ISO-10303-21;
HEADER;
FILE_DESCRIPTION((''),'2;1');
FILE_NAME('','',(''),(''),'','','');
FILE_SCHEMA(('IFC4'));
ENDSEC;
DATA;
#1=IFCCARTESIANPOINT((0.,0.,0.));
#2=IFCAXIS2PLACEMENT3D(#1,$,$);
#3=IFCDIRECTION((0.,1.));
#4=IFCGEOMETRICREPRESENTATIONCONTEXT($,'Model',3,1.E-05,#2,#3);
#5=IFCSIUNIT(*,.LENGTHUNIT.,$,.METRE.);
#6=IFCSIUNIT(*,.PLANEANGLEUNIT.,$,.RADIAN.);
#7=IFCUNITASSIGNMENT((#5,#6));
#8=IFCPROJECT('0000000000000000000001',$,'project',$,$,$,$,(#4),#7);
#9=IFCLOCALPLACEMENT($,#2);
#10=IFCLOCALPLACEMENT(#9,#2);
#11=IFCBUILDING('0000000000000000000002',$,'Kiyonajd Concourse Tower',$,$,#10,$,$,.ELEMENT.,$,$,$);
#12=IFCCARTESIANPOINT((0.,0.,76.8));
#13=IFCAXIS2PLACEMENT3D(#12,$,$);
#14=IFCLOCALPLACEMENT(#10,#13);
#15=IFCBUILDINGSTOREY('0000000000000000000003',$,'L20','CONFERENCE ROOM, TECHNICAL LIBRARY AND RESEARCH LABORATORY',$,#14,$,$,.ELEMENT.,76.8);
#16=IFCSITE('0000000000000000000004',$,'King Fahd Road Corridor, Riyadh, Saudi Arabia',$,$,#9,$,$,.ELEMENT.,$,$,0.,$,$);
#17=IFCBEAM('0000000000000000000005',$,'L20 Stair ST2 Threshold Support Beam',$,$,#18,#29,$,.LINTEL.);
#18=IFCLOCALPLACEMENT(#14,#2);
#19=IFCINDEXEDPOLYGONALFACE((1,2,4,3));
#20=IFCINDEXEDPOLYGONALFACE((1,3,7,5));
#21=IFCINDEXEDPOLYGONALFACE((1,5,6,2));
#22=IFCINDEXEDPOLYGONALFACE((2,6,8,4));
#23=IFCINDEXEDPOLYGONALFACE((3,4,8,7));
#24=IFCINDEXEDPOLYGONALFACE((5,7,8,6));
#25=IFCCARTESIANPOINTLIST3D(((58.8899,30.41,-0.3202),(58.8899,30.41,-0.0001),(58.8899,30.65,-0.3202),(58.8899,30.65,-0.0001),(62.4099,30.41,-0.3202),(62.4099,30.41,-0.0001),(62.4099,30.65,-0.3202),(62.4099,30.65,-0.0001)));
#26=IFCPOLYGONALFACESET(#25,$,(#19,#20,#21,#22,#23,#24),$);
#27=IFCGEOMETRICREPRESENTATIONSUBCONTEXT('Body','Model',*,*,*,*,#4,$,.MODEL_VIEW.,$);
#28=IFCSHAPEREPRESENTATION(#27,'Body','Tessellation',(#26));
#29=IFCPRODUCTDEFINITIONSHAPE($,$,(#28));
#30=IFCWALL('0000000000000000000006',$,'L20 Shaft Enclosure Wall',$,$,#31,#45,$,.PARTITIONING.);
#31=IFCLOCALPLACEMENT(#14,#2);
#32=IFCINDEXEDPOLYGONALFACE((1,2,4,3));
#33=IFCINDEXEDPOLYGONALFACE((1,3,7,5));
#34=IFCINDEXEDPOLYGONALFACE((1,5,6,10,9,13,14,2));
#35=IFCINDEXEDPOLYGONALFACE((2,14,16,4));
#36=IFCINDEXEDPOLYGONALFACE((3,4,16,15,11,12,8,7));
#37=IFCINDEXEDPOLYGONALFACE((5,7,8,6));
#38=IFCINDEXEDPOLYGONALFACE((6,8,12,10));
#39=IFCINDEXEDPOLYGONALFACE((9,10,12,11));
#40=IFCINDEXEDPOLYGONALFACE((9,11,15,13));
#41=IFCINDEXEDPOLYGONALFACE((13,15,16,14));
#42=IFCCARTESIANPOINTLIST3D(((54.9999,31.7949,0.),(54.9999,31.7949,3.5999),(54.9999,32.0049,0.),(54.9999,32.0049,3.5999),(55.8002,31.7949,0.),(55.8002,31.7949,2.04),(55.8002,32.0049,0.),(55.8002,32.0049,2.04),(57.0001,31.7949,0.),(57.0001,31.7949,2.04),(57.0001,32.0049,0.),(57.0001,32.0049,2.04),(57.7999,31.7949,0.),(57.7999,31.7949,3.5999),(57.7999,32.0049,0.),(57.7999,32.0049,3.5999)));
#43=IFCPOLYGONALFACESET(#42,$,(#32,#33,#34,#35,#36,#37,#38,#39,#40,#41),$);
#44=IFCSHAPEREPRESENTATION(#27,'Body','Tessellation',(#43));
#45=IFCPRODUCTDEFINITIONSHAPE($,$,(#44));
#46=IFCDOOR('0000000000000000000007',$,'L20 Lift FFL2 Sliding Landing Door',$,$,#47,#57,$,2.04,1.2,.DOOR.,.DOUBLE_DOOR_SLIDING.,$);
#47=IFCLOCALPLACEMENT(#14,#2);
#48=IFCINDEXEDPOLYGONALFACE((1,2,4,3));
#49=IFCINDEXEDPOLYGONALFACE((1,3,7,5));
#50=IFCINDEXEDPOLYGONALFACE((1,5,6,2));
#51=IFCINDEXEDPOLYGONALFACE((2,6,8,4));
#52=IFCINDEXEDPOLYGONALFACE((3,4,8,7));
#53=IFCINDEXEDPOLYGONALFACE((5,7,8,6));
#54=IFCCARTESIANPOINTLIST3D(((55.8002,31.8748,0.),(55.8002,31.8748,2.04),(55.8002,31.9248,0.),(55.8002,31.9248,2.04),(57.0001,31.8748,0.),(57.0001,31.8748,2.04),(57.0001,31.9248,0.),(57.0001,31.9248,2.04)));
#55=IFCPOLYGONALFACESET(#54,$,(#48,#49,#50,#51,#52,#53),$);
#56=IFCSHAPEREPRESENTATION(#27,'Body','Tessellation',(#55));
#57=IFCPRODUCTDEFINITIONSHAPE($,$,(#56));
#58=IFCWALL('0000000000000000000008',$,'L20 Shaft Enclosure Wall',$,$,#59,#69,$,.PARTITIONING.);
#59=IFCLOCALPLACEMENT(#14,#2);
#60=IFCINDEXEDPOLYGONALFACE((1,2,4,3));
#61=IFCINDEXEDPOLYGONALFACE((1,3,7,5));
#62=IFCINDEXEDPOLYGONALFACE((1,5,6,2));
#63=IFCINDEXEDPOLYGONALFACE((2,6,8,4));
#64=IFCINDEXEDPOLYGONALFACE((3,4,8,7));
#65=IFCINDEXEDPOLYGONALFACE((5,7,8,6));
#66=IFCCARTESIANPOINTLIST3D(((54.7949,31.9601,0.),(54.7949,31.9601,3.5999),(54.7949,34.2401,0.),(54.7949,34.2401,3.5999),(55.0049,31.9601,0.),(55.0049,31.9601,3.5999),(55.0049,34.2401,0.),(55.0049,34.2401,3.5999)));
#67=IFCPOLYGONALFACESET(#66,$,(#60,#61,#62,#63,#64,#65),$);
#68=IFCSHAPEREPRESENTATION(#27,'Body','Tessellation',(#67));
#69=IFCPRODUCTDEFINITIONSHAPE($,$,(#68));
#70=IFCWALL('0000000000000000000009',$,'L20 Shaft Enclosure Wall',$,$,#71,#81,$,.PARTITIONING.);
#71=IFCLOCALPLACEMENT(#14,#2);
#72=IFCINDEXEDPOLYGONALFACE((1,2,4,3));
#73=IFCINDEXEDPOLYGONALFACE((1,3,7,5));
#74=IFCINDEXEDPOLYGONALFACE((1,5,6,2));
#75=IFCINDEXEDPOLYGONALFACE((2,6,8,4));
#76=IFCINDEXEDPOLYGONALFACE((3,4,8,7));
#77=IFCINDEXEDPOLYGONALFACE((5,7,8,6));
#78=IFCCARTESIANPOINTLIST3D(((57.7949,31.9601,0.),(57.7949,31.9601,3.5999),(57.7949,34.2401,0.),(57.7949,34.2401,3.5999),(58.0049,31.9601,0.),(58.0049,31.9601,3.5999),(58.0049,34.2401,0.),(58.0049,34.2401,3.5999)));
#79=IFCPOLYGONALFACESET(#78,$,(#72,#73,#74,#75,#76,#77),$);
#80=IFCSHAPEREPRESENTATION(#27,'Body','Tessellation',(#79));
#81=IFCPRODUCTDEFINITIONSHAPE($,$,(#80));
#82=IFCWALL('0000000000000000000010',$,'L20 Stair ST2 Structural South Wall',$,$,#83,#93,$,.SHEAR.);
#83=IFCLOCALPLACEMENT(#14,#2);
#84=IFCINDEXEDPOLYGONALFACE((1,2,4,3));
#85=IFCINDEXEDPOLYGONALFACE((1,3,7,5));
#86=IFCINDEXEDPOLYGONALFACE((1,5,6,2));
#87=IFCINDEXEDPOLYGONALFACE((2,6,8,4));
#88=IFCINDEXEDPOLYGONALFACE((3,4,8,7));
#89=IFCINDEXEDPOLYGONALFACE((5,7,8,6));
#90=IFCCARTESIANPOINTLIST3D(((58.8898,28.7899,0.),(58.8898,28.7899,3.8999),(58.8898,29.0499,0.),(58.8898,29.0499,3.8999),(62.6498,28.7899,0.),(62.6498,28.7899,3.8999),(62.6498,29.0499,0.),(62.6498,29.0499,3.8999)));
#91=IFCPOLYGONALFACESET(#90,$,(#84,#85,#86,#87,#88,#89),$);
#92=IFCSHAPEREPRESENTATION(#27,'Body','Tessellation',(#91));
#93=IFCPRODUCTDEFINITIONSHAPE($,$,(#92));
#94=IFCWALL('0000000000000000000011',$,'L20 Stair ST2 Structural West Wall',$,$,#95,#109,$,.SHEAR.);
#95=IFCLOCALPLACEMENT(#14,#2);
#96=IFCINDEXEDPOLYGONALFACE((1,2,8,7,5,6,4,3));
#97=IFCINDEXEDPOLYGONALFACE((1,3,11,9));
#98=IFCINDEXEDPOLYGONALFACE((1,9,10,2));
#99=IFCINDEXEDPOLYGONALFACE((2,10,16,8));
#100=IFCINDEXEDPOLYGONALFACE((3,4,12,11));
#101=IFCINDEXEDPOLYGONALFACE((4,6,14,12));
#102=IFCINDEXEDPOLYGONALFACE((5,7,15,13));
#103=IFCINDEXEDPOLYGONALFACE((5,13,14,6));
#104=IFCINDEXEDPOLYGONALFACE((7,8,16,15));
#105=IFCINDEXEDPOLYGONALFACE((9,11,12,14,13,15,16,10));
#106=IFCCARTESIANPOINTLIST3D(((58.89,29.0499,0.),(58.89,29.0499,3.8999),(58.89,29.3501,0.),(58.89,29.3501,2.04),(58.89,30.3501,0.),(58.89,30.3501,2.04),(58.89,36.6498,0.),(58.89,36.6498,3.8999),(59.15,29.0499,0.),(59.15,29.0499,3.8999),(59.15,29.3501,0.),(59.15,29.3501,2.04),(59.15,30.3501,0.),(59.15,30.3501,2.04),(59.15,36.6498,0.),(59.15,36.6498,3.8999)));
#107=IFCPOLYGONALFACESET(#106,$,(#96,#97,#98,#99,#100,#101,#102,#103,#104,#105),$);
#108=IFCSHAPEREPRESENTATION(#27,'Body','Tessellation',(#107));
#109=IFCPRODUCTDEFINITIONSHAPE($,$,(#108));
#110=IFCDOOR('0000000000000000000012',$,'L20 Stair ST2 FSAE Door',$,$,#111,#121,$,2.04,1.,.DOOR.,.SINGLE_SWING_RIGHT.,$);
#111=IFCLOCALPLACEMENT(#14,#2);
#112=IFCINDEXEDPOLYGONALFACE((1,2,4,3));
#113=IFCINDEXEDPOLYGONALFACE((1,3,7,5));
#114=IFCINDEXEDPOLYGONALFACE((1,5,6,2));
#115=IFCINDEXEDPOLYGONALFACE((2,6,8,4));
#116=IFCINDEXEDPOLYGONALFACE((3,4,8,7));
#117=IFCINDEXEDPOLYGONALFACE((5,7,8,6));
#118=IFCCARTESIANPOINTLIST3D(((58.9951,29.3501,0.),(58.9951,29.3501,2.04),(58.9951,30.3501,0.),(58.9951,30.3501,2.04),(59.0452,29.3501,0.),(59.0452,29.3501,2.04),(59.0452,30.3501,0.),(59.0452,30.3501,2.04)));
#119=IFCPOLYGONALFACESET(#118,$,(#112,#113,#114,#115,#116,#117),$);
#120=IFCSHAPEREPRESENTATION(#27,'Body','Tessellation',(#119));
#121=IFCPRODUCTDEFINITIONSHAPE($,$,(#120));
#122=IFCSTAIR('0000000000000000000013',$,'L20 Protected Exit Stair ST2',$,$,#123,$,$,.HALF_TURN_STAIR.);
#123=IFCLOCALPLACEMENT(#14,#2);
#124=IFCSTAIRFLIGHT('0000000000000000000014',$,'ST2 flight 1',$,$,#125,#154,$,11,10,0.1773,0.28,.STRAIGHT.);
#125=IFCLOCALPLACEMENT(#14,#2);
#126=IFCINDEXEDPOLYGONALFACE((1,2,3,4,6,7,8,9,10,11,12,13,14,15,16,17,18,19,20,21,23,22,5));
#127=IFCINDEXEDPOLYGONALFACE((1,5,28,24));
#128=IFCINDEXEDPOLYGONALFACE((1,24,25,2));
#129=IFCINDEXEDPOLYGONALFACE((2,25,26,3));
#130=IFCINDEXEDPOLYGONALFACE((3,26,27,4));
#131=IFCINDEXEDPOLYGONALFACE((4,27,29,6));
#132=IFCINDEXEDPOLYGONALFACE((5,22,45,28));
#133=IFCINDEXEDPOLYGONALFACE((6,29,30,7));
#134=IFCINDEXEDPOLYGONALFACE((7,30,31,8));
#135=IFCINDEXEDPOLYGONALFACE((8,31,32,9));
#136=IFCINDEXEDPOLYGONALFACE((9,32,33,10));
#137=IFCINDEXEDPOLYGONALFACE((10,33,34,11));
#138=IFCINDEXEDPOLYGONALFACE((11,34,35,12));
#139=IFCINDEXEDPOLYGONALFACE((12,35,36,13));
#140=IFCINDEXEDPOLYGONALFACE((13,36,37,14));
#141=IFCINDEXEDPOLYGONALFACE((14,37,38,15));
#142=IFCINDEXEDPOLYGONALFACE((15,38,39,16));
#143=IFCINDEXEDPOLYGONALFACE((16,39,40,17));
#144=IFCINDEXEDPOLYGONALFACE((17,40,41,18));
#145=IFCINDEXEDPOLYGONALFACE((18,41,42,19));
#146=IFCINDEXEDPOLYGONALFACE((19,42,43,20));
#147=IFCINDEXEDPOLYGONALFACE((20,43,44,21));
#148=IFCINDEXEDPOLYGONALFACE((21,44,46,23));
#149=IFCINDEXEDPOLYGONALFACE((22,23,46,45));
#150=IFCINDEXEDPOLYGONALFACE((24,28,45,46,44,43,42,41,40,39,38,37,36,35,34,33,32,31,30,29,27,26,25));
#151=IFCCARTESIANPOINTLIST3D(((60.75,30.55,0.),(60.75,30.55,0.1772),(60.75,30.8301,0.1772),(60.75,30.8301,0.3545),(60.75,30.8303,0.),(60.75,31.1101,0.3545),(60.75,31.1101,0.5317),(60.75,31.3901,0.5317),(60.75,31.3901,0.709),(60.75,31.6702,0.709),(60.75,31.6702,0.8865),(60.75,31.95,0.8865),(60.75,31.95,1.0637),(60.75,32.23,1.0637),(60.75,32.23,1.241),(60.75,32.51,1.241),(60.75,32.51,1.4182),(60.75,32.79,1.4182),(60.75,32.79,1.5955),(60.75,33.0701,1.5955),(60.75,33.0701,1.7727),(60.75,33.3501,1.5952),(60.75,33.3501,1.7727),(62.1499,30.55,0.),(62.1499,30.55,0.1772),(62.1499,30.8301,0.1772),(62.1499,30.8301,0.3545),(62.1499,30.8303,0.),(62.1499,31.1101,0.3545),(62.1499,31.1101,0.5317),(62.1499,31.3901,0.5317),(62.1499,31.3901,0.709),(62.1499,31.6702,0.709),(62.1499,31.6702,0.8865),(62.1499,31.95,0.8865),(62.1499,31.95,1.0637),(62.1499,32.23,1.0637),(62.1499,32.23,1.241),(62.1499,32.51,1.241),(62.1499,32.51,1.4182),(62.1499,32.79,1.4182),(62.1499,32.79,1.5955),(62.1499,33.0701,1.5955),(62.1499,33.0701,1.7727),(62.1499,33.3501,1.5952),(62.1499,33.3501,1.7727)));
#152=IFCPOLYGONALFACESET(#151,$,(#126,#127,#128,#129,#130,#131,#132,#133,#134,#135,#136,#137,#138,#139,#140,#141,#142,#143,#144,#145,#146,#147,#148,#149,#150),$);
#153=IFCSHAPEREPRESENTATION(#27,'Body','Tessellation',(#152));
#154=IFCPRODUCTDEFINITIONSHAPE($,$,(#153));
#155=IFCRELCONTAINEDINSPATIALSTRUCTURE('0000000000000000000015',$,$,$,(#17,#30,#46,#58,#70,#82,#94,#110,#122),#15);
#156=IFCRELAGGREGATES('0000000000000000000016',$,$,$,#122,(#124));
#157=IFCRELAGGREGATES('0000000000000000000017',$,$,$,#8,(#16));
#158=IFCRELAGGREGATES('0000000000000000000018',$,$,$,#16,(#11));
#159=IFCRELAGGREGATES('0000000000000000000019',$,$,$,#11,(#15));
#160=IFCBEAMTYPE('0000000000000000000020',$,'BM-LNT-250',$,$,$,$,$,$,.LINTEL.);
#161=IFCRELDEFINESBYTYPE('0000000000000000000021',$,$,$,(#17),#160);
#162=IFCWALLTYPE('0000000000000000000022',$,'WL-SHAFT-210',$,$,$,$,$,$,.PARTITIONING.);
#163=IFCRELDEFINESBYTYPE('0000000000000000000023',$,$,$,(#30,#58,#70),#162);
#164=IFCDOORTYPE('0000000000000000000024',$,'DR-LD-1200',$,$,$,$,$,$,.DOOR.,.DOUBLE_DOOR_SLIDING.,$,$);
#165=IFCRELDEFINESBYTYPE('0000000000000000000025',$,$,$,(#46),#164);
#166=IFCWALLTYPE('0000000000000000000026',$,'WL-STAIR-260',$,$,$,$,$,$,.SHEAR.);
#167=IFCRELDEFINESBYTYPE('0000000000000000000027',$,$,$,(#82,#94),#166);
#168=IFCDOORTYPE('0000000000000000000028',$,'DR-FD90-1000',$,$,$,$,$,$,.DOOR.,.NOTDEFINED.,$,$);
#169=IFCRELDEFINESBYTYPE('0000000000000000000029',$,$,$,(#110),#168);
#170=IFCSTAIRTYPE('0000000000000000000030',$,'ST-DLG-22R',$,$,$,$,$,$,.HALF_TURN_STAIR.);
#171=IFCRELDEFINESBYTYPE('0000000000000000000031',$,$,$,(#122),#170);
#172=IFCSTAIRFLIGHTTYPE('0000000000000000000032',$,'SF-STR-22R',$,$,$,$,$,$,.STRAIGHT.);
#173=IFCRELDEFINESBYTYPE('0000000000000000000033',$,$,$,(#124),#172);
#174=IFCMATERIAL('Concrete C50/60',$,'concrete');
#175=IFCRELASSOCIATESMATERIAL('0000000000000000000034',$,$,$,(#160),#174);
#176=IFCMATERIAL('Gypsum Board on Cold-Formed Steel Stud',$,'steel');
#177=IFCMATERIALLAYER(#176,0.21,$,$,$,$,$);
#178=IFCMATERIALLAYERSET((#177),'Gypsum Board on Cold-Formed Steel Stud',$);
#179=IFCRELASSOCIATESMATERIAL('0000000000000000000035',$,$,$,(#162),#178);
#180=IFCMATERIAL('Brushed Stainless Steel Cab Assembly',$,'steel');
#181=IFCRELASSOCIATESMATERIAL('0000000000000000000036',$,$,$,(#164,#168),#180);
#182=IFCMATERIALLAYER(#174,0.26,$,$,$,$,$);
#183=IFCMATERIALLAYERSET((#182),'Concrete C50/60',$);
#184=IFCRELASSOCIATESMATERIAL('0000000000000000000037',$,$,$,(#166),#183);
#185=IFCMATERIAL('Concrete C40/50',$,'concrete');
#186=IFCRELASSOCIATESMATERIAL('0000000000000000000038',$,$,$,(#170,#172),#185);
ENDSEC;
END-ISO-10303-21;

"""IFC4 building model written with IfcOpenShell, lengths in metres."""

from ifc_helpers import new_model, si_unit, direction, frame, frame_2d, origin, origin_2d, place, context, subcontext, project, spatial, polyline, rectangle, outline, extrude, material, layer, layer_set, material_profile, profile_set, type_object, element, fill, aggregate, save


model = new_model("IFC4")

# Units and contexts
model_context = context("Model", 3, precision=1e-05, world=origin(), true_north=direction((0.0, 1.0)))
body_context = subcontext(model_context, "Body", "Model", "MODEL_VIEW")
ifc_project = project(units=[si_unit("LENGTHUNIT", "METRE"), si_unit("PLANEANGLEUNIT", "RADIAN")], contexts=[model_context])

# Site, building, storey
site_placement = place(None, origin())
site = spatial("IfcSite", under=ifc_project, at=site_placement, Name="King Fahd Road Corridor, Riyadh, Saudi Arabia", CompositionType="ELEMENT", RefElevation=0.0)
building_placement = place(site_placement, origin())
building = spatial("IfcBuilding", under=site, at=building_placement, Name="Kiyonajd Concourse Tower", CompositionType="ELEMENT")
storey_placement = place(building_placement, frame((0.0, 0.0, 76.8)))
storey = spatial("IfcBuildingStorey", under=building, at=storey_placement, Name="L20", Description="CONFERENCE ROOM, TECHNICAL LIBRARY AND RESEARCH LABORATORY", CompositionType="ELEMENT", Elevation=76.8)

# Beam
ifc_material_1 = material(Name="Concrete C50/60", Category="concrete")
ifc_material_profile = material_profile(ifc_material_1, rectangle(XDim=0.24, YDim=0.3201, at=origin_2d()), Name="RCBM-240x320")
ifc_profile_set = profile_set([ifc_material_profile], Name="Concrete C50/60")
beam_type = type_object("IfcBeamType", Name="BM-LNT-250", PredefinedType="LINTEL", material=ifc_profile_set)
beam_placement = place(storey_placement, frame((58.8899, 30.53, -0.1602), z_axis=(1.0, 0.0, 0.0), x_axis=(0.0, 1.0, 0.0)))
element("IfcBeam", 1, at=beam_placement, inside=storey, type_object=beam_type, Name="L20 Stair ST2 Threshold Support Beam", PredefinedType="LINTEL", context=body_context, shape_type="SweptSolid", body=[
    extrude(rectangle(XDim=0.24, YDim=0.3201, at=origin_2d()), origin(), (0.0, 0.0, 1.0), 3.52),
])

# Wall, opening, door
ifc_material_2 = material(Name="Gypsum Board on Cold-Formed Steel Stud", Category="steel")
ifc_layer_1 = layer(ifc_material_2, 0.21)
ifc_layer_set_1 = layer_set([ifc_layer_1], Name="Gypsum Board on Cold-Formed Steel Stud")
wall_type_1 = type_object("IfcWallType", Name="WL-SHAFT-210", PredefinedType="PARTITIONING", material=ifc_layer_set_1)
wall_1_placement = place(storey_placement, frame((55.0, 31.8999, 0.0), z_axis=(0.0, 0.0, 1.0), x_axis=(1.0, 0.0, 0.0)))
wall_1 = element("IfcWall", 2, at=wall_1_placement, inside=storey, type_object=wall_type_1, Name="L20 Shaft Enclosure Wall", PredefinedType="PARTITIONING", context=body_context, shape_type="SweptSolid", body=[
    extrude(rectangle(XDim=2.8, YDim=0.21, at=frame_2d((1.3999, 0.0))), origin(), (0.0, 0.0, 1.0), 3.5999),
])
opening_1_placement = place(wall_1_placement, frame((0.8, 0.0, 0.0)))
opening_1 = element("IfcOpeningElement", 3, at=opening_1_placement, cuts=wall_1, PredefinedType="OPENING", context=body_context, shape_type="SweptSolid", body=[
    extrude(rectangle(XDim=1.2, YDim=2.04, at=frame_2d((0.6001, 1.02))), frame((0.0, 0.115, 0.0), z_axis=(0.0, -1.0, 0.0), x_axis=(1.0, 0.0, 0.0)), (0.0, 0.0, 1.0), 0.23),
])
ifc_material_3 = material(Name="Brushed Stainless Steel Cab Assembly", Category="steel")
door_type_1 = type_object("IfcDoorType", Name="DR-LD-1200", OperationType="DOUBLE_DOOR_SLIDING", PredefinedType="DOOR", material=ifc_material_3)
door_1_placement = place(opening_1_placement, origin())
door_1 = element("IfcDoor", 4, at=door_1_placement, inside=storey, type_object=door_type_1, Name="L20 Lift FFL2 Sliding Landing Door", OperationType="DOUBLE_DOOR_SLIDING", OverallHeight=2.04, OverallWidth=1.2, PredefinedType="DOOR", context=body_context, shape_type="SweptSolid", body=[
    extrude(rectangle(XDim=1.2, YDim=2.04, at=frame_2d((0.6001, 1.02))), frame((0.0, 0.0249, 0.0), z_axis=(0.0, -1.0, 0.0), x_axis=(1.0, 0.0, 0.0)), (0.0, 0.0, 1.0), 0.05),
])
fill(opening_1, door_1)

# Walls
for number, where, z_axis, x_axis, name in (
    (5, (54.8999, 31.96, 0.0), (0.0, 0.0, 1.0), (0.0, 1.0, 0.0), "L20 Shaft Enclosure Wall"),
    (6, (57.8999, 31.96, 0.0), (0.0, 0.0, 1.0), (0.0, 1.0, 0.0), "L20 Shaft Enclosure Wall"),
):
    element("IfcWall", number, at=place(storey_placement, frame(where, z_axis=z_axis, x_axis=x_axis)), inside=storey, type_object=wall_type_1, Name=name, PredefinedType="PARTITIONING", context=body_context, shape_type="SweptSolid", body=[
        extrude(rectangle(XDim=2.28, YDim=0.21, at=frame_2d((1.1401, 0.0))), origin(), (0.0, 0.0, 1.0), 3.5999),
    ])
ifc_layer_2 = layer(ifc_material_1, 0.26)
ifc_layer_set_2 = layer_set([ifc_layer_2], Name="Concrete C50/60")
wall_type_2 = type_object("IfcWallType", Name="WL-STAIR-260", PredefinedType="SHEAR", material=ifc_layer_set_2)
wall_2_placement = place(storey_placement, frame((58.8899, 28.9199, 0.0), z_axis=(0.0, 0.0, 1.0), x_axis=(1.0, 0.0, 0.0)))
element("IfcWall", 7, at=wall_2_placement, inside=storey, type_object=wall_type_2, Name="L20 Stair ST2 Structural South Wall", PredefinedType="SHEAR", context=body_context, shape_type="SweptSolid", body=[
    extrude(rectangle(XDim=3.76, YDim=0.26, at=frame_2d((1.8799, 0.0))), origin(), (0.0, 0.0, 1.0), 3.8999),
])

# Wall, opening, door
wall_3_placement = place(storey_placement, frame((59.02, 29.05, 0.0), z_axis=(0.0, 0.0, 1.0), x_axis=(0.0, 1.0, 0.0)))
wall_3 = element("IfcWall", 8, at=wall_3_placement, inside=storey, type_object=wall_type_2, Name="L20 Stair ST2 Structural West Wall", PredefinedType="SHEAR", context=body_context, shape_type="SweptSolid", body=[
    extrude(rectangle(XDim=7.5999, YDim=0.26, at=frame_2d((3.7998, 0.0))), origin(), (0.0, 0.0, 1.0), 3.8999),
])
opening_2_placement = place(wall_3_placement, frame((0.3, 0.0, 0.0)))
opening_2 = element("IfcOpeningElement", 9, at=opening_2_placement, cuts=wall_3, PredefinedType="OPENING", context=body_context, shape_type="SweptSolid", body=[
    extrude(rectangle(XDim=1.0, YDim=2.04, at=frame_2d((0.5, 1.02))), frame((0.0, 0.1399, 0.0), z_axis=(0.0, -1.0, 0.0), x_axis=(1.0, 0.0, 0.0)), (0.0, 0.0, 1.0), 0.28),
])
door_type_2 = type_object("IfcDoorType", Name="DR-FD90-1000", OperationType="NOTDEFINED", PredefinedType="DOOR", material=ifc_material_3)
door_2_placement = place(opening_2_placement, origin())
door_2 = element("IfcDoor", 10, at=door_2_placement, inside=storey, type_object=door_type_2, Name="L20 Stair ST2 FSAE Door", OperationType="SINGLE_SWING_RIGHT", OverallHeight=2.04, OverallWidth=1.0, PredefinedType="DOOR", context=body_context, shape_type="SweptSolid", body=[
    extrude(rectangle(XDim=1.0, YDim=2.04, at=frame_2d((0.5, 1.02))), frame((0.0, 0.0249, 0.0), z_axis=(0.0, -1.0, 0.0), x_axis=(1.0, 0.0, 0.0)), (0.0, 0.0, 1.0), 0.05),
])
fill(opening_2, door_2)

# Stair, stair flight
ifc_material_4 = material(Name="Concrete C40/50", Category="concrete")
stair_type = type_object("IfcStairType", Name="ST-DLG-22R", PredefinedType="HALF_TURN_STAIR", material=ifc_material_4)
stair_placement = place(storey_placement, origin())
stair = element("IfcStair", 11, at=stair_placement, inside=storey, type_object=stair_type, Name="L20 Protected Exit Stair ST2", PredefinedType="HALF_TURN_STAIR")
stair_flight_type = type_object("IfcStairFlightType", Name="SF-STR-22R", PredefinedType="STRAIGHT", material=ifc_material_4)
stair_flight_1_placement = place(storey_placement, frame((61.45, 30.55, 0.0), z_axis=(0.0, 0.0, 1.0), x_axis=(0.0, 1.0, 0.0)))
stair_flight_1 = element("IfcStairFlight", 12, at=stair_flight_1_placement, type_object=stair_flight_type, Name="ST2 flight 1", NumberOfRisers=11, NumberOfTreads=10, PredefinedType="STRAIGHT", RiserHeight=0.1773, TreadLength=0.28, context=body_context, shape_type="SweptSolid", body=[
    extrude(outline(polyline([(0.0, 0.0), (0.0, 0.1772), (0.28, 0.1772), (0.28, 0.3545), (0.5601, 0.3545), (0.5601, 0.5317), (0.8401, 0.5317), (0.8401, 0.709), (1.1201, 0.709), (1.1201, 0.8865), (1.3999, 0.8865), (1.3999, 1.0637), (1.6799, 1.0637), (1.6799, 1.241), (1.96, 1.241), (1.96, 1.4182), (2.24, 1.4182), (2.24, 1.5955), (2.52, 1.5955), (2.52, 1.7727), (2.8, 1.7727), (2.8, 1.95), (2.8, 1.5952), (0.2803, 0.0), (0.0, 0.0)])), frame((0.0, 0.7, 0.0), z_axis=(0.0, -1.0, 0.0), x_axis=(1.0, 0.0, 0.0)), (0.0, 0.0, 1.0), 1.3999),
])
aggregate(stair, [stair_flight_1])

save(model, "model.ifc")
